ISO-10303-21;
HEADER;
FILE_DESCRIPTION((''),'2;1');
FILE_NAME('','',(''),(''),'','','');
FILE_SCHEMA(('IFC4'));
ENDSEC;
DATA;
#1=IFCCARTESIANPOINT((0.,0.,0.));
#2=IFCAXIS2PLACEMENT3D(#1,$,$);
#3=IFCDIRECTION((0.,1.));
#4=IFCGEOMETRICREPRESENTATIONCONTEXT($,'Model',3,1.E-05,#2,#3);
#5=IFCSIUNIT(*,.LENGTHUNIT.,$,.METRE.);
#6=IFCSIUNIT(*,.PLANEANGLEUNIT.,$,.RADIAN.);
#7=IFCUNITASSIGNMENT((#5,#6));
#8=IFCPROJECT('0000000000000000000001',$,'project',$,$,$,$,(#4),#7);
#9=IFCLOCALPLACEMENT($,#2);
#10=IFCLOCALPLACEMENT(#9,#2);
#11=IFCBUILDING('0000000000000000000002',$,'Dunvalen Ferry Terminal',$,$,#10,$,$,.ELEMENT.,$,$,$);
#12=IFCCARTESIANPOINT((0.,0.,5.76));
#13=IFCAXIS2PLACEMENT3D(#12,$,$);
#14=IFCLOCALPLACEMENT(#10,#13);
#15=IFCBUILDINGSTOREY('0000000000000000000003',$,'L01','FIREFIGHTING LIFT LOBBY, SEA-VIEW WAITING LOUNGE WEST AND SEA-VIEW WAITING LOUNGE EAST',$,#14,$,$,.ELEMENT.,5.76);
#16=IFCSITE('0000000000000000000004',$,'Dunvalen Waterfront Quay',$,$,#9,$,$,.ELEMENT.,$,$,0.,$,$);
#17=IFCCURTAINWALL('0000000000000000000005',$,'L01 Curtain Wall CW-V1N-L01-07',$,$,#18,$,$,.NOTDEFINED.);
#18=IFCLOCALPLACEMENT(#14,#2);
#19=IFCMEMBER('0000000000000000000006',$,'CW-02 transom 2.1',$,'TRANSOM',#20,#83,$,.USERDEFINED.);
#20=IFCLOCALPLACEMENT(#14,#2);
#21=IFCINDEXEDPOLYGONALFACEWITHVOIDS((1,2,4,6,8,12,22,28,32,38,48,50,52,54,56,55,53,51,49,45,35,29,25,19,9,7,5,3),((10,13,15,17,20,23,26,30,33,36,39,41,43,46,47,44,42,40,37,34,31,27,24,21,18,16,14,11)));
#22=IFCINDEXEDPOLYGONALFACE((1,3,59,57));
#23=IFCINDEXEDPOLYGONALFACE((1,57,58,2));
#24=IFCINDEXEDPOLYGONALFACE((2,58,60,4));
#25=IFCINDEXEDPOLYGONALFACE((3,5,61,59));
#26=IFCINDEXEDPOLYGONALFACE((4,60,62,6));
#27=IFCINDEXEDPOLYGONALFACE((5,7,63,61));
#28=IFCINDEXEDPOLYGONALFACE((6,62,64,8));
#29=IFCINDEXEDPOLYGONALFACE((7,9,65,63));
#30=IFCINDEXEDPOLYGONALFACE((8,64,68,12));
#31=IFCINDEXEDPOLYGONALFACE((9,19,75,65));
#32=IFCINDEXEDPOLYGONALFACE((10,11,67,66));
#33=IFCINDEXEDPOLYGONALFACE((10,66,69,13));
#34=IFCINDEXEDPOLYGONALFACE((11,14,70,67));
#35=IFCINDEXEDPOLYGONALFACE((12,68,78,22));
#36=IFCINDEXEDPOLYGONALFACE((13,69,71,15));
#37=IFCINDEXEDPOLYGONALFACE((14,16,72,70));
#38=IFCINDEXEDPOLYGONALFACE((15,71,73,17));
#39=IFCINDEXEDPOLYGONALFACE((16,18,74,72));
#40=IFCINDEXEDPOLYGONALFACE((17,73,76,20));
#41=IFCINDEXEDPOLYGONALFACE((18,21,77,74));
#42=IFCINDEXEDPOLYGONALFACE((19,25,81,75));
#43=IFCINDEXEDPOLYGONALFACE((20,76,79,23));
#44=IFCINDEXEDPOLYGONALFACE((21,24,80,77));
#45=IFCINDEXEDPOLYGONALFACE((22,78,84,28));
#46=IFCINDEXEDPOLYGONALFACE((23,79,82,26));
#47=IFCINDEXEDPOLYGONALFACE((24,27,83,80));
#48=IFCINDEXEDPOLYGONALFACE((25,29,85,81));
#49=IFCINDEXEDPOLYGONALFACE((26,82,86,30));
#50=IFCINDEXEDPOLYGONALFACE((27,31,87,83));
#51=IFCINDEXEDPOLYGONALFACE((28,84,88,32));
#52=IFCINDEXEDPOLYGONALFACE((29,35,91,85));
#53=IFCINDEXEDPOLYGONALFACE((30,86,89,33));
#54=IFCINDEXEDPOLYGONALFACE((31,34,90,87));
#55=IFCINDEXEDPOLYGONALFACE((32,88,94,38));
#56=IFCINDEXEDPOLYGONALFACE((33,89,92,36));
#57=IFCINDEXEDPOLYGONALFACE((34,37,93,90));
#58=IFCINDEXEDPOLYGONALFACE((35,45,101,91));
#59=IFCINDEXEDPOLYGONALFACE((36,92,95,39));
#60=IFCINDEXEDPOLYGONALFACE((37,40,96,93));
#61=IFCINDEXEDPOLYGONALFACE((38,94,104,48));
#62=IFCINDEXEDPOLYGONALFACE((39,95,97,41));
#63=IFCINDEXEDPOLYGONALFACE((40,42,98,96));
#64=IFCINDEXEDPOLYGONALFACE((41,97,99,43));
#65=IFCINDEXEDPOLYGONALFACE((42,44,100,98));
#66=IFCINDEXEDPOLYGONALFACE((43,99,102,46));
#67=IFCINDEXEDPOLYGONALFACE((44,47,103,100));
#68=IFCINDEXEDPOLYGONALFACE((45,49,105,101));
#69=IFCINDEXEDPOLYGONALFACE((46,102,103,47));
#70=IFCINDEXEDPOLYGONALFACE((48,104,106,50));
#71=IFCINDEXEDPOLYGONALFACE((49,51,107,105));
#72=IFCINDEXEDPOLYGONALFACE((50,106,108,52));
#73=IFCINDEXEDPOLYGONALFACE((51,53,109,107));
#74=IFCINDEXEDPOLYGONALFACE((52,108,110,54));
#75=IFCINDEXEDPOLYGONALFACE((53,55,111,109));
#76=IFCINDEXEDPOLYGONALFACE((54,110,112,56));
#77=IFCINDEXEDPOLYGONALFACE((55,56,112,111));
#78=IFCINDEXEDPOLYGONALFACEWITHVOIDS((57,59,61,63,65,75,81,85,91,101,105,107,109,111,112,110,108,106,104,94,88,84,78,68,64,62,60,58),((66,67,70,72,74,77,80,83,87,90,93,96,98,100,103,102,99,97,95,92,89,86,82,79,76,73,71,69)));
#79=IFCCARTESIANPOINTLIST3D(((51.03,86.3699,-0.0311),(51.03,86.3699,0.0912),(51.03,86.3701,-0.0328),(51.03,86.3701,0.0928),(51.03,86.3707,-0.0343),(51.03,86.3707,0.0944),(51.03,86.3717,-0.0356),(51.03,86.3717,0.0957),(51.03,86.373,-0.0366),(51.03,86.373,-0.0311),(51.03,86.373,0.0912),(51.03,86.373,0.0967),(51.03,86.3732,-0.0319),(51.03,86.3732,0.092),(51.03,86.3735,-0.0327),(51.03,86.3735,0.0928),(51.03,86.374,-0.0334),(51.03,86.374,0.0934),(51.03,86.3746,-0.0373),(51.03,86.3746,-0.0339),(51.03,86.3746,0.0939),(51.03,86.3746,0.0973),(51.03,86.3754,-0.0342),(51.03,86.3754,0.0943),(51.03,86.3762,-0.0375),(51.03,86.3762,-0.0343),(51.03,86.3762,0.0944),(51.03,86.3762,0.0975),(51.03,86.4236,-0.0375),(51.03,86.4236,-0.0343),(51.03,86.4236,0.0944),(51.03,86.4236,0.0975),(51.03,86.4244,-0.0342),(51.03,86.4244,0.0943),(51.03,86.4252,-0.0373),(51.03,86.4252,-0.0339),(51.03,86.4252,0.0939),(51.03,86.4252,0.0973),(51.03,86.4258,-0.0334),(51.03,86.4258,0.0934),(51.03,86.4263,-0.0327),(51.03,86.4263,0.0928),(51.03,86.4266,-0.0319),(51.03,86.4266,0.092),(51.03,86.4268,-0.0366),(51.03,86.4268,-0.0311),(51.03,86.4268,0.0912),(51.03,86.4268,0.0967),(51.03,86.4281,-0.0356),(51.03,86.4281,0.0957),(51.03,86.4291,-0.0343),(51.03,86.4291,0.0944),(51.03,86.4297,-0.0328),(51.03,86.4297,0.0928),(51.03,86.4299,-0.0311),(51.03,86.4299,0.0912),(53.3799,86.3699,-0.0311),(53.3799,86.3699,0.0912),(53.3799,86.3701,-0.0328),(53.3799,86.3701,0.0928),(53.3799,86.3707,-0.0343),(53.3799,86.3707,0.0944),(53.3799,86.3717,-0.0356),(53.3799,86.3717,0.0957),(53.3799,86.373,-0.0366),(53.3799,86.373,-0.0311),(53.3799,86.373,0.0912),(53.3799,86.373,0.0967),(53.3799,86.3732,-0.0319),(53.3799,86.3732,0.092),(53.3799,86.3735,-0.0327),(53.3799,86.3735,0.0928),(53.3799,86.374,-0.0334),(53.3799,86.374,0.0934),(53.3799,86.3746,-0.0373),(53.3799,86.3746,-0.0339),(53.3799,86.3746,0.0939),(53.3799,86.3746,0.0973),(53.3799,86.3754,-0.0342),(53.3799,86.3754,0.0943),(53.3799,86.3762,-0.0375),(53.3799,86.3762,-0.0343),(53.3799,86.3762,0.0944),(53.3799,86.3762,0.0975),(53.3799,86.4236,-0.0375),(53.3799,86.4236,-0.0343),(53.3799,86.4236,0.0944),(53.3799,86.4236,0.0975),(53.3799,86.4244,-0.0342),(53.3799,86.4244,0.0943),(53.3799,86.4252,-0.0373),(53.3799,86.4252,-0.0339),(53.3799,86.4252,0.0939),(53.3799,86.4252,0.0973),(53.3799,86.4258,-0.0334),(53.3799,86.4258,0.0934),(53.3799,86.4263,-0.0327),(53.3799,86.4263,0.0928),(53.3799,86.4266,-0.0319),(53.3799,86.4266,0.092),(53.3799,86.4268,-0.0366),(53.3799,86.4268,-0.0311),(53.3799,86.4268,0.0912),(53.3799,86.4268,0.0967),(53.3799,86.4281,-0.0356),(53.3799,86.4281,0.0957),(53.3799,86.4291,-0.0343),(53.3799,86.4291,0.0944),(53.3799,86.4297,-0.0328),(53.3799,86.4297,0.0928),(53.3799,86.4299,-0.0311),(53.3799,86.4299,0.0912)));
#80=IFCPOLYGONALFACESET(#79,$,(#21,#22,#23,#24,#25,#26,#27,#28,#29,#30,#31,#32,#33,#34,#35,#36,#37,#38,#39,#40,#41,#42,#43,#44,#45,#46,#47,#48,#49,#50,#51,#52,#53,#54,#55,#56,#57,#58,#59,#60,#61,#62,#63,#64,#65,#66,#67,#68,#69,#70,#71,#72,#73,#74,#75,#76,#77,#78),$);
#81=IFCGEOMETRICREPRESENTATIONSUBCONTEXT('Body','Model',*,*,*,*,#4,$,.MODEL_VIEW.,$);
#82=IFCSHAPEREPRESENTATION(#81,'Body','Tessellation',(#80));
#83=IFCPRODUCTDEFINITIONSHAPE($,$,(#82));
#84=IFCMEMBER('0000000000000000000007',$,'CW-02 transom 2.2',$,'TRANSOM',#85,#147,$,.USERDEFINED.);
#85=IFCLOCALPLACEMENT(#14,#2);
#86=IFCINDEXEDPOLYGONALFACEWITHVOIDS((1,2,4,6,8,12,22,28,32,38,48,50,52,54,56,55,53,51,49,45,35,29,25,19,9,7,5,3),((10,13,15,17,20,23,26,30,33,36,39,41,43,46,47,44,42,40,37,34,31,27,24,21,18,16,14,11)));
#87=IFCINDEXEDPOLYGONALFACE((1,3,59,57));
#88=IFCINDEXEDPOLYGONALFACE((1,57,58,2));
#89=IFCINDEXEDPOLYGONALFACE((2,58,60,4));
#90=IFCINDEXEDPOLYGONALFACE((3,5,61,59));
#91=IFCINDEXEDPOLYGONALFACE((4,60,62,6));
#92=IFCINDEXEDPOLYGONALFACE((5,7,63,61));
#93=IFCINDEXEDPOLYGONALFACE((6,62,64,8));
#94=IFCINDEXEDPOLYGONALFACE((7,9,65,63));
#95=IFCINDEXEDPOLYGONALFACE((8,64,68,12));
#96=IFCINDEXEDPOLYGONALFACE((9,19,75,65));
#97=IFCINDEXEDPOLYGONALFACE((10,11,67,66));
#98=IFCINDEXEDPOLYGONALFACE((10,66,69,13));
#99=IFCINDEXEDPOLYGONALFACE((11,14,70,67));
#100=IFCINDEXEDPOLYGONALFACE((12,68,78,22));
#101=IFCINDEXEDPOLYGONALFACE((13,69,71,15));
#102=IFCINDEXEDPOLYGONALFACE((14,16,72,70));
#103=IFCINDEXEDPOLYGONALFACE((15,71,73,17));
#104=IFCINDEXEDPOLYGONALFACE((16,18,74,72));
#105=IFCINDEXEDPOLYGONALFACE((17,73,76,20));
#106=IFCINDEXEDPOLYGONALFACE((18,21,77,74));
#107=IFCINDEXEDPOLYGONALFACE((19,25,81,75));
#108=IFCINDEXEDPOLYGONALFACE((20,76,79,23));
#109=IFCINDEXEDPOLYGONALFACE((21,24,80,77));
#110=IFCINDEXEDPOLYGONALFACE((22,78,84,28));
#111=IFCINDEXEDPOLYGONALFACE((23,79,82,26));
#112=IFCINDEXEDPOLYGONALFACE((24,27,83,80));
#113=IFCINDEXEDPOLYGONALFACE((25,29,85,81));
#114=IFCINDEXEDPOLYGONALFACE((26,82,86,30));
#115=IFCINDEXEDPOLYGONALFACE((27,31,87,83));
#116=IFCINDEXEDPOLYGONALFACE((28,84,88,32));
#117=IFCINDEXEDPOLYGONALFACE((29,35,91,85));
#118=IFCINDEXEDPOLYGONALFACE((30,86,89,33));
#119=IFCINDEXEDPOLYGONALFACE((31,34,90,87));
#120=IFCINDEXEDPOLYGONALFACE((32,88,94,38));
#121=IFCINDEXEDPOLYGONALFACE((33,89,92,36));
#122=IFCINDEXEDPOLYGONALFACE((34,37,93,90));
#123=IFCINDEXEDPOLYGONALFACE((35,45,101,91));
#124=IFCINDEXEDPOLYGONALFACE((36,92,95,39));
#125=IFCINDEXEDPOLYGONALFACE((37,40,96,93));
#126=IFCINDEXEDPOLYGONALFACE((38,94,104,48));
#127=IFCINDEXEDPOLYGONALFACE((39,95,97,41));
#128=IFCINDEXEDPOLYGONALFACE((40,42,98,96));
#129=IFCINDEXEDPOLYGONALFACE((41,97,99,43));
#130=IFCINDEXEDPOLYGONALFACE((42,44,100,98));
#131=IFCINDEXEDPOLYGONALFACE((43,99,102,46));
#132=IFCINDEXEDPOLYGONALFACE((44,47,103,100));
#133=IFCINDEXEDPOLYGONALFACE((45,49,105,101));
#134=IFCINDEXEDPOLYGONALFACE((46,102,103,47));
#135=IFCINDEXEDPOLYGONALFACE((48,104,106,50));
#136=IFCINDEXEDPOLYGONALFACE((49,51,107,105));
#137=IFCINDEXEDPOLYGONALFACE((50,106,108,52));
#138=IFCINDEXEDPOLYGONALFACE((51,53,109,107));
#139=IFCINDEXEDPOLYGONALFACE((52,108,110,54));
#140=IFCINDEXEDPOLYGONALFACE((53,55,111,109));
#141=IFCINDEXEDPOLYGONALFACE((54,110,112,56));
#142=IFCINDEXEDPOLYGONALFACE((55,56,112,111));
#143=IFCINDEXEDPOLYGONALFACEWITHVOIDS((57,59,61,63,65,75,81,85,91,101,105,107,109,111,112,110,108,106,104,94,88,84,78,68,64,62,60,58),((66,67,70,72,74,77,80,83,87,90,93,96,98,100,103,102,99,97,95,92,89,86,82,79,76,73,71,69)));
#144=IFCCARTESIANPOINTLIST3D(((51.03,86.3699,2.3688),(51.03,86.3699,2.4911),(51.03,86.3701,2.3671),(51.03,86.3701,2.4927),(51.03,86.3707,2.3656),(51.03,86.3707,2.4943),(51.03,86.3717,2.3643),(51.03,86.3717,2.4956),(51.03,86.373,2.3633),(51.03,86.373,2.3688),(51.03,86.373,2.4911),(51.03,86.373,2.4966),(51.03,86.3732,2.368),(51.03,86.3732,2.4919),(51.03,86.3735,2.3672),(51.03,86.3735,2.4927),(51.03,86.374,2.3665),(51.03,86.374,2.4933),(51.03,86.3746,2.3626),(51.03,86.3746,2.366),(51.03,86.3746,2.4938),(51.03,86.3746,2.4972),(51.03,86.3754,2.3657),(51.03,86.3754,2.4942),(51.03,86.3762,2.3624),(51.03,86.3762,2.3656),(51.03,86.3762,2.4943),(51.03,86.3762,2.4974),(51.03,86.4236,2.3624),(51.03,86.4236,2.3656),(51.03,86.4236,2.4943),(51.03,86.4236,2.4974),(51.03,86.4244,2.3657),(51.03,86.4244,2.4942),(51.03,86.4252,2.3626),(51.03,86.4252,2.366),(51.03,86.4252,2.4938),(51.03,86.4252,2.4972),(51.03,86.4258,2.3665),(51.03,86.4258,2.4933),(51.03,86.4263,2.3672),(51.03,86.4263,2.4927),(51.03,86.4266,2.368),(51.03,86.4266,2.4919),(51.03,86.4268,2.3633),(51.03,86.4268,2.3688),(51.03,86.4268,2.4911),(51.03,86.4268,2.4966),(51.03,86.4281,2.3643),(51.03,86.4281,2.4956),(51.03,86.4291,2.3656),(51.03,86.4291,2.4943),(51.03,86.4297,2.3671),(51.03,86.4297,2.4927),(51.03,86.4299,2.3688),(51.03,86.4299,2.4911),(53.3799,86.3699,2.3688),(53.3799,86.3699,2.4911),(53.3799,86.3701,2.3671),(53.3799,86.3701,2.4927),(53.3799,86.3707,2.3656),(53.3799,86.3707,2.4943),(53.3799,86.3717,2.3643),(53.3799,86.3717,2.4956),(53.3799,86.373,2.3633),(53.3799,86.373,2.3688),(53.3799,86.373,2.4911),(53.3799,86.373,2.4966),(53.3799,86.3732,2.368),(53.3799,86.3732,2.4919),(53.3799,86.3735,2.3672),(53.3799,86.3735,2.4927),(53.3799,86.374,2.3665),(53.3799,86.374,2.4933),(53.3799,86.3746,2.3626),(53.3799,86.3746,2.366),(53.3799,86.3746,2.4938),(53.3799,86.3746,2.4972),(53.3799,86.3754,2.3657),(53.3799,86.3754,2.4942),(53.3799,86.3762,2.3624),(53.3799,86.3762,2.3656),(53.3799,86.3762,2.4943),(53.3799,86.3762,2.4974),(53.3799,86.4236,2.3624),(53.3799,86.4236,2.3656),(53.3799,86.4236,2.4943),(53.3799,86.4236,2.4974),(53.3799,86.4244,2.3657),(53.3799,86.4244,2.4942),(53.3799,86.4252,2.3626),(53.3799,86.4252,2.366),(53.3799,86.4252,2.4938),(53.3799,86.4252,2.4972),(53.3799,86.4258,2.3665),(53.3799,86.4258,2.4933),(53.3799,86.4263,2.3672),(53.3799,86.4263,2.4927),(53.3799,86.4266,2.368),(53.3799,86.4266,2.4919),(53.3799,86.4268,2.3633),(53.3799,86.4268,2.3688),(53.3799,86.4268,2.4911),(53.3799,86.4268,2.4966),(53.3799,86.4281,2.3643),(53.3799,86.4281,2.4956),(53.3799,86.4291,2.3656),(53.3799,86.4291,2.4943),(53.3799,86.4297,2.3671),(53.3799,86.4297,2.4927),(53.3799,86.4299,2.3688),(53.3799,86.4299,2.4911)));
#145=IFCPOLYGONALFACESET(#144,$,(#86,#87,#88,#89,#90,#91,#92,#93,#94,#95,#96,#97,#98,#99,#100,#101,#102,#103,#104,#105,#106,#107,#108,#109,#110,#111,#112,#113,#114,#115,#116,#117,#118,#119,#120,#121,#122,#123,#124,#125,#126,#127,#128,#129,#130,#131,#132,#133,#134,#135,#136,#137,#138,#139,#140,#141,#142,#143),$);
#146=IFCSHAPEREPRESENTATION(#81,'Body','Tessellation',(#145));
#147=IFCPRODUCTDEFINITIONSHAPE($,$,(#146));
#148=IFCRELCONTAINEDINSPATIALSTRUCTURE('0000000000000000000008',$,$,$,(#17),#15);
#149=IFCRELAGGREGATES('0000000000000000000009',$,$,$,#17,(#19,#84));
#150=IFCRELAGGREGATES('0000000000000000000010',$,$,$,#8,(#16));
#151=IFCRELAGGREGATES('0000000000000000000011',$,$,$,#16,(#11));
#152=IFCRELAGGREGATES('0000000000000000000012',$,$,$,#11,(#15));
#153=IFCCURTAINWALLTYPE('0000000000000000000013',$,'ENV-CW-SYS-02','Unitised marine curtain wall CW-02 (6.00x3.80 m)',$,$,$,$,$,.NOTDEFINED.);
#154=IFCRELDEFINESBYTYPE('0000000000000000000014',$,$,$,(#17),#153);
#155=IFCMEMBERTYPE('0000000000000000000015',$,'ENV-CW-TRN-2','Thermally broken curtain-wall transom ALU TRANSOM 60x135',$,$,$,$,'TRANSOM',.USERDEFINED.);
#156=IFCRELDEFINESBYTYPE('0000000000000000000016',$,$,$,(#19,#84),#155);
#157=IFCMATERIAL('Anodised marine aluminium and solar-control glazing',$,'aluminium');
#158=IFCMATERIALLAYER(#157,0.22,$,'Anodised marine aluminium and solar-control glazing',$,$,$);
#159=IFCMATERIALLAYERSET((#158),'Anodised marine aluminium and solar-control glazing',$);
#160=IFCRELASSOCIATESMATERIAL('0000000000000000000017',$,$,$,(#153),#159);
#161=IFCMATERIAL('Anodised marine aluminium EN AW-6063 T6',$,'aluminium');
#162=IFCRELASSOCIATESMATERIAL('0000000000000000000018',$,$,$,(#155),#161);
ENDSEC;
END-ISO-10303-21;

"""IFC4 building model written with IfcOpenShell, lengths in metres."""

from ifc_helpers import new_model, si_unit, direction, frame, origin, origin_2d, place, context, subcontext, project, spatial, hollow_rectangle, extrude, material, layer, layer_set, material_profile, profile_set, type_object, element, aggregate, save


model = new_model("IFC4")

# Units and contexts
model_context = context("Model", 3, precision=1e-05, world=origin(), true_north=direction((0.0, 1.0)))
body_context = subcontext(model_context, "Body", "Model", "MODEL_VIEW")
ifc_project = project(units=[si_unit("LENGTHUNIT", "METRE"), si_unit("PLANEANGLEUNIT", "RADIAN")], contexts=[model_context])

# Site, building, storey
site_placement = place(None, origin())
site = spatial("IfcSite", under=ifc_project, at=site_placement, Name="Dunvalen Waterfront Quay", CompositionType="ELEMENT", RefElevation=0.0)
building_placement = place(site_placement, origin())
building = spatial("IfcBuilding", under=site, at=building_placement, Name="Dunvalen Ferry Terminal", CompositionType="ELEMENT")
storey_placement = place(building_placement, frame((0.0, 0.0, 5.76)))
storey = spatial("IfcBuildingStorey", under=building, at=storey_placement, Name="L01", Description="FIREFIGHTING LIFT LOBBY, SEA-VIEW WAITING LOUNGE WEST AND SEA-VIEW WAITING LOUNGE EAST", CompositionType="ELEMENT", Elevation=5.76)

# Shared definitions
ifc_material_1 = material(Name="Anodised marine aluminium and solar-control glazing", Category="aluminium")
ifc_layer_1 = layer(ifc_material_1, 0.22, Name="Anodised marine aluminium and solar-control glazing")
ifc_layer_set_1 = layer_set([ifc_layer_1], Name="Anodised marine aluminium and solar-control glazing")
curtain_wall_type = type_object("IfcCurtainWallType", Name="ENV-CW-SYS-02", Description="Unitised marine curtain wall CW-02 (6.00x3.80 m)", PredefinedType="NOTDEFINED", material=ifc_layer_set_1)
ifc_material_2 = material(Name="Anodised marine aluminium EN AW-6063 T6", Category="aluminium")

# Curtain wall
curtain_wall_1_placement = place(storey_placement, origin())
curtain_wall_1 = element("IfcCurtainWall", 1, at=curtain_wall_1_placement, inside=storey, type_object=curtain_wall_type, Name="L01 Curtain Wall CW-V1N-L01-07", PredefinedType="NOTDEFINED")

# Members
ifc_material_profile_1 = material_profile(ifc_material_2, hollow_rectangle(XDim=0.0601, YDim=0.135, WallThickness=0.0032, InnerFilletRadius=0.0032, OuterFilletRadius=0.0063, at=origin_2d()), Name="Anodised marine aluminium EN AW-6063 T6")
ifc_profile_set_1 = profile_set([ifc_material_profile_1], Name="Anodised marine aluminium EN AW-6063 T6")
member_type_1 = type_object("IfcMemberType", Name="ENV-CW-TRN-2", Description="Thermally broken curtain-wall transom ALU TRANSOM 60x135", ElementType="TRANSOM", PredefinedType="USERDEFINED", material=ifc_profile_set_1)
member_1_placement = place(storey_placement, frame((51.03, 86.3999, 0.03), z_axis=(1.0, 0.0, 0.0), x_axis=(0.0, 1.0, 0.0)))
member_1 = element("IfcMember", 2, at=member_1_placement, type_object=member_type_1, Name="CW-02 transom 2.1", ObjectType="TRANSOM", PredefinedType="USERDEFINED", context=body_context, shape_type="SweptSolid", body=[
    extrude(hollow_rectangle(XDim=0.0601, YDim=0.135, WallThickness=0.0032, InnerFilletRadius=0.0032, OuterFilletRadius=0.0063, at=origin_2d()), origin(), (0.0, 0.0, 1.0), 2.3499),
])
member_2_placement = place(storey_placement, frame((51.03, 86.3999, 2.4299), z_axis=(1.0, 0.0, 0.0), x_axis=(0.0, 1.0, 0.0)))
member_2 = element("IfcMember", 3, at=member_2_placement, type_object=member_type_1, Name="CW-02 transom 2.2", ObjectType="TRANSOM", PredefinedType="USERDEFINED", context=body_context, shape_type="SweptSolid", body=[
    extrude(hollow_rectangle(XDim=0.0601, YDim=0.135, WallThickness=0.0032, InnerFilletRadius=0.0032, OuterFilletRadius=0.0063, at=origin_2d()), origin(), (0.0, 0.0, 1.0), 2.3499),
])

aggregate(curtain_wall_1, [member_1, member_2])

save(model, "model.ifc")
